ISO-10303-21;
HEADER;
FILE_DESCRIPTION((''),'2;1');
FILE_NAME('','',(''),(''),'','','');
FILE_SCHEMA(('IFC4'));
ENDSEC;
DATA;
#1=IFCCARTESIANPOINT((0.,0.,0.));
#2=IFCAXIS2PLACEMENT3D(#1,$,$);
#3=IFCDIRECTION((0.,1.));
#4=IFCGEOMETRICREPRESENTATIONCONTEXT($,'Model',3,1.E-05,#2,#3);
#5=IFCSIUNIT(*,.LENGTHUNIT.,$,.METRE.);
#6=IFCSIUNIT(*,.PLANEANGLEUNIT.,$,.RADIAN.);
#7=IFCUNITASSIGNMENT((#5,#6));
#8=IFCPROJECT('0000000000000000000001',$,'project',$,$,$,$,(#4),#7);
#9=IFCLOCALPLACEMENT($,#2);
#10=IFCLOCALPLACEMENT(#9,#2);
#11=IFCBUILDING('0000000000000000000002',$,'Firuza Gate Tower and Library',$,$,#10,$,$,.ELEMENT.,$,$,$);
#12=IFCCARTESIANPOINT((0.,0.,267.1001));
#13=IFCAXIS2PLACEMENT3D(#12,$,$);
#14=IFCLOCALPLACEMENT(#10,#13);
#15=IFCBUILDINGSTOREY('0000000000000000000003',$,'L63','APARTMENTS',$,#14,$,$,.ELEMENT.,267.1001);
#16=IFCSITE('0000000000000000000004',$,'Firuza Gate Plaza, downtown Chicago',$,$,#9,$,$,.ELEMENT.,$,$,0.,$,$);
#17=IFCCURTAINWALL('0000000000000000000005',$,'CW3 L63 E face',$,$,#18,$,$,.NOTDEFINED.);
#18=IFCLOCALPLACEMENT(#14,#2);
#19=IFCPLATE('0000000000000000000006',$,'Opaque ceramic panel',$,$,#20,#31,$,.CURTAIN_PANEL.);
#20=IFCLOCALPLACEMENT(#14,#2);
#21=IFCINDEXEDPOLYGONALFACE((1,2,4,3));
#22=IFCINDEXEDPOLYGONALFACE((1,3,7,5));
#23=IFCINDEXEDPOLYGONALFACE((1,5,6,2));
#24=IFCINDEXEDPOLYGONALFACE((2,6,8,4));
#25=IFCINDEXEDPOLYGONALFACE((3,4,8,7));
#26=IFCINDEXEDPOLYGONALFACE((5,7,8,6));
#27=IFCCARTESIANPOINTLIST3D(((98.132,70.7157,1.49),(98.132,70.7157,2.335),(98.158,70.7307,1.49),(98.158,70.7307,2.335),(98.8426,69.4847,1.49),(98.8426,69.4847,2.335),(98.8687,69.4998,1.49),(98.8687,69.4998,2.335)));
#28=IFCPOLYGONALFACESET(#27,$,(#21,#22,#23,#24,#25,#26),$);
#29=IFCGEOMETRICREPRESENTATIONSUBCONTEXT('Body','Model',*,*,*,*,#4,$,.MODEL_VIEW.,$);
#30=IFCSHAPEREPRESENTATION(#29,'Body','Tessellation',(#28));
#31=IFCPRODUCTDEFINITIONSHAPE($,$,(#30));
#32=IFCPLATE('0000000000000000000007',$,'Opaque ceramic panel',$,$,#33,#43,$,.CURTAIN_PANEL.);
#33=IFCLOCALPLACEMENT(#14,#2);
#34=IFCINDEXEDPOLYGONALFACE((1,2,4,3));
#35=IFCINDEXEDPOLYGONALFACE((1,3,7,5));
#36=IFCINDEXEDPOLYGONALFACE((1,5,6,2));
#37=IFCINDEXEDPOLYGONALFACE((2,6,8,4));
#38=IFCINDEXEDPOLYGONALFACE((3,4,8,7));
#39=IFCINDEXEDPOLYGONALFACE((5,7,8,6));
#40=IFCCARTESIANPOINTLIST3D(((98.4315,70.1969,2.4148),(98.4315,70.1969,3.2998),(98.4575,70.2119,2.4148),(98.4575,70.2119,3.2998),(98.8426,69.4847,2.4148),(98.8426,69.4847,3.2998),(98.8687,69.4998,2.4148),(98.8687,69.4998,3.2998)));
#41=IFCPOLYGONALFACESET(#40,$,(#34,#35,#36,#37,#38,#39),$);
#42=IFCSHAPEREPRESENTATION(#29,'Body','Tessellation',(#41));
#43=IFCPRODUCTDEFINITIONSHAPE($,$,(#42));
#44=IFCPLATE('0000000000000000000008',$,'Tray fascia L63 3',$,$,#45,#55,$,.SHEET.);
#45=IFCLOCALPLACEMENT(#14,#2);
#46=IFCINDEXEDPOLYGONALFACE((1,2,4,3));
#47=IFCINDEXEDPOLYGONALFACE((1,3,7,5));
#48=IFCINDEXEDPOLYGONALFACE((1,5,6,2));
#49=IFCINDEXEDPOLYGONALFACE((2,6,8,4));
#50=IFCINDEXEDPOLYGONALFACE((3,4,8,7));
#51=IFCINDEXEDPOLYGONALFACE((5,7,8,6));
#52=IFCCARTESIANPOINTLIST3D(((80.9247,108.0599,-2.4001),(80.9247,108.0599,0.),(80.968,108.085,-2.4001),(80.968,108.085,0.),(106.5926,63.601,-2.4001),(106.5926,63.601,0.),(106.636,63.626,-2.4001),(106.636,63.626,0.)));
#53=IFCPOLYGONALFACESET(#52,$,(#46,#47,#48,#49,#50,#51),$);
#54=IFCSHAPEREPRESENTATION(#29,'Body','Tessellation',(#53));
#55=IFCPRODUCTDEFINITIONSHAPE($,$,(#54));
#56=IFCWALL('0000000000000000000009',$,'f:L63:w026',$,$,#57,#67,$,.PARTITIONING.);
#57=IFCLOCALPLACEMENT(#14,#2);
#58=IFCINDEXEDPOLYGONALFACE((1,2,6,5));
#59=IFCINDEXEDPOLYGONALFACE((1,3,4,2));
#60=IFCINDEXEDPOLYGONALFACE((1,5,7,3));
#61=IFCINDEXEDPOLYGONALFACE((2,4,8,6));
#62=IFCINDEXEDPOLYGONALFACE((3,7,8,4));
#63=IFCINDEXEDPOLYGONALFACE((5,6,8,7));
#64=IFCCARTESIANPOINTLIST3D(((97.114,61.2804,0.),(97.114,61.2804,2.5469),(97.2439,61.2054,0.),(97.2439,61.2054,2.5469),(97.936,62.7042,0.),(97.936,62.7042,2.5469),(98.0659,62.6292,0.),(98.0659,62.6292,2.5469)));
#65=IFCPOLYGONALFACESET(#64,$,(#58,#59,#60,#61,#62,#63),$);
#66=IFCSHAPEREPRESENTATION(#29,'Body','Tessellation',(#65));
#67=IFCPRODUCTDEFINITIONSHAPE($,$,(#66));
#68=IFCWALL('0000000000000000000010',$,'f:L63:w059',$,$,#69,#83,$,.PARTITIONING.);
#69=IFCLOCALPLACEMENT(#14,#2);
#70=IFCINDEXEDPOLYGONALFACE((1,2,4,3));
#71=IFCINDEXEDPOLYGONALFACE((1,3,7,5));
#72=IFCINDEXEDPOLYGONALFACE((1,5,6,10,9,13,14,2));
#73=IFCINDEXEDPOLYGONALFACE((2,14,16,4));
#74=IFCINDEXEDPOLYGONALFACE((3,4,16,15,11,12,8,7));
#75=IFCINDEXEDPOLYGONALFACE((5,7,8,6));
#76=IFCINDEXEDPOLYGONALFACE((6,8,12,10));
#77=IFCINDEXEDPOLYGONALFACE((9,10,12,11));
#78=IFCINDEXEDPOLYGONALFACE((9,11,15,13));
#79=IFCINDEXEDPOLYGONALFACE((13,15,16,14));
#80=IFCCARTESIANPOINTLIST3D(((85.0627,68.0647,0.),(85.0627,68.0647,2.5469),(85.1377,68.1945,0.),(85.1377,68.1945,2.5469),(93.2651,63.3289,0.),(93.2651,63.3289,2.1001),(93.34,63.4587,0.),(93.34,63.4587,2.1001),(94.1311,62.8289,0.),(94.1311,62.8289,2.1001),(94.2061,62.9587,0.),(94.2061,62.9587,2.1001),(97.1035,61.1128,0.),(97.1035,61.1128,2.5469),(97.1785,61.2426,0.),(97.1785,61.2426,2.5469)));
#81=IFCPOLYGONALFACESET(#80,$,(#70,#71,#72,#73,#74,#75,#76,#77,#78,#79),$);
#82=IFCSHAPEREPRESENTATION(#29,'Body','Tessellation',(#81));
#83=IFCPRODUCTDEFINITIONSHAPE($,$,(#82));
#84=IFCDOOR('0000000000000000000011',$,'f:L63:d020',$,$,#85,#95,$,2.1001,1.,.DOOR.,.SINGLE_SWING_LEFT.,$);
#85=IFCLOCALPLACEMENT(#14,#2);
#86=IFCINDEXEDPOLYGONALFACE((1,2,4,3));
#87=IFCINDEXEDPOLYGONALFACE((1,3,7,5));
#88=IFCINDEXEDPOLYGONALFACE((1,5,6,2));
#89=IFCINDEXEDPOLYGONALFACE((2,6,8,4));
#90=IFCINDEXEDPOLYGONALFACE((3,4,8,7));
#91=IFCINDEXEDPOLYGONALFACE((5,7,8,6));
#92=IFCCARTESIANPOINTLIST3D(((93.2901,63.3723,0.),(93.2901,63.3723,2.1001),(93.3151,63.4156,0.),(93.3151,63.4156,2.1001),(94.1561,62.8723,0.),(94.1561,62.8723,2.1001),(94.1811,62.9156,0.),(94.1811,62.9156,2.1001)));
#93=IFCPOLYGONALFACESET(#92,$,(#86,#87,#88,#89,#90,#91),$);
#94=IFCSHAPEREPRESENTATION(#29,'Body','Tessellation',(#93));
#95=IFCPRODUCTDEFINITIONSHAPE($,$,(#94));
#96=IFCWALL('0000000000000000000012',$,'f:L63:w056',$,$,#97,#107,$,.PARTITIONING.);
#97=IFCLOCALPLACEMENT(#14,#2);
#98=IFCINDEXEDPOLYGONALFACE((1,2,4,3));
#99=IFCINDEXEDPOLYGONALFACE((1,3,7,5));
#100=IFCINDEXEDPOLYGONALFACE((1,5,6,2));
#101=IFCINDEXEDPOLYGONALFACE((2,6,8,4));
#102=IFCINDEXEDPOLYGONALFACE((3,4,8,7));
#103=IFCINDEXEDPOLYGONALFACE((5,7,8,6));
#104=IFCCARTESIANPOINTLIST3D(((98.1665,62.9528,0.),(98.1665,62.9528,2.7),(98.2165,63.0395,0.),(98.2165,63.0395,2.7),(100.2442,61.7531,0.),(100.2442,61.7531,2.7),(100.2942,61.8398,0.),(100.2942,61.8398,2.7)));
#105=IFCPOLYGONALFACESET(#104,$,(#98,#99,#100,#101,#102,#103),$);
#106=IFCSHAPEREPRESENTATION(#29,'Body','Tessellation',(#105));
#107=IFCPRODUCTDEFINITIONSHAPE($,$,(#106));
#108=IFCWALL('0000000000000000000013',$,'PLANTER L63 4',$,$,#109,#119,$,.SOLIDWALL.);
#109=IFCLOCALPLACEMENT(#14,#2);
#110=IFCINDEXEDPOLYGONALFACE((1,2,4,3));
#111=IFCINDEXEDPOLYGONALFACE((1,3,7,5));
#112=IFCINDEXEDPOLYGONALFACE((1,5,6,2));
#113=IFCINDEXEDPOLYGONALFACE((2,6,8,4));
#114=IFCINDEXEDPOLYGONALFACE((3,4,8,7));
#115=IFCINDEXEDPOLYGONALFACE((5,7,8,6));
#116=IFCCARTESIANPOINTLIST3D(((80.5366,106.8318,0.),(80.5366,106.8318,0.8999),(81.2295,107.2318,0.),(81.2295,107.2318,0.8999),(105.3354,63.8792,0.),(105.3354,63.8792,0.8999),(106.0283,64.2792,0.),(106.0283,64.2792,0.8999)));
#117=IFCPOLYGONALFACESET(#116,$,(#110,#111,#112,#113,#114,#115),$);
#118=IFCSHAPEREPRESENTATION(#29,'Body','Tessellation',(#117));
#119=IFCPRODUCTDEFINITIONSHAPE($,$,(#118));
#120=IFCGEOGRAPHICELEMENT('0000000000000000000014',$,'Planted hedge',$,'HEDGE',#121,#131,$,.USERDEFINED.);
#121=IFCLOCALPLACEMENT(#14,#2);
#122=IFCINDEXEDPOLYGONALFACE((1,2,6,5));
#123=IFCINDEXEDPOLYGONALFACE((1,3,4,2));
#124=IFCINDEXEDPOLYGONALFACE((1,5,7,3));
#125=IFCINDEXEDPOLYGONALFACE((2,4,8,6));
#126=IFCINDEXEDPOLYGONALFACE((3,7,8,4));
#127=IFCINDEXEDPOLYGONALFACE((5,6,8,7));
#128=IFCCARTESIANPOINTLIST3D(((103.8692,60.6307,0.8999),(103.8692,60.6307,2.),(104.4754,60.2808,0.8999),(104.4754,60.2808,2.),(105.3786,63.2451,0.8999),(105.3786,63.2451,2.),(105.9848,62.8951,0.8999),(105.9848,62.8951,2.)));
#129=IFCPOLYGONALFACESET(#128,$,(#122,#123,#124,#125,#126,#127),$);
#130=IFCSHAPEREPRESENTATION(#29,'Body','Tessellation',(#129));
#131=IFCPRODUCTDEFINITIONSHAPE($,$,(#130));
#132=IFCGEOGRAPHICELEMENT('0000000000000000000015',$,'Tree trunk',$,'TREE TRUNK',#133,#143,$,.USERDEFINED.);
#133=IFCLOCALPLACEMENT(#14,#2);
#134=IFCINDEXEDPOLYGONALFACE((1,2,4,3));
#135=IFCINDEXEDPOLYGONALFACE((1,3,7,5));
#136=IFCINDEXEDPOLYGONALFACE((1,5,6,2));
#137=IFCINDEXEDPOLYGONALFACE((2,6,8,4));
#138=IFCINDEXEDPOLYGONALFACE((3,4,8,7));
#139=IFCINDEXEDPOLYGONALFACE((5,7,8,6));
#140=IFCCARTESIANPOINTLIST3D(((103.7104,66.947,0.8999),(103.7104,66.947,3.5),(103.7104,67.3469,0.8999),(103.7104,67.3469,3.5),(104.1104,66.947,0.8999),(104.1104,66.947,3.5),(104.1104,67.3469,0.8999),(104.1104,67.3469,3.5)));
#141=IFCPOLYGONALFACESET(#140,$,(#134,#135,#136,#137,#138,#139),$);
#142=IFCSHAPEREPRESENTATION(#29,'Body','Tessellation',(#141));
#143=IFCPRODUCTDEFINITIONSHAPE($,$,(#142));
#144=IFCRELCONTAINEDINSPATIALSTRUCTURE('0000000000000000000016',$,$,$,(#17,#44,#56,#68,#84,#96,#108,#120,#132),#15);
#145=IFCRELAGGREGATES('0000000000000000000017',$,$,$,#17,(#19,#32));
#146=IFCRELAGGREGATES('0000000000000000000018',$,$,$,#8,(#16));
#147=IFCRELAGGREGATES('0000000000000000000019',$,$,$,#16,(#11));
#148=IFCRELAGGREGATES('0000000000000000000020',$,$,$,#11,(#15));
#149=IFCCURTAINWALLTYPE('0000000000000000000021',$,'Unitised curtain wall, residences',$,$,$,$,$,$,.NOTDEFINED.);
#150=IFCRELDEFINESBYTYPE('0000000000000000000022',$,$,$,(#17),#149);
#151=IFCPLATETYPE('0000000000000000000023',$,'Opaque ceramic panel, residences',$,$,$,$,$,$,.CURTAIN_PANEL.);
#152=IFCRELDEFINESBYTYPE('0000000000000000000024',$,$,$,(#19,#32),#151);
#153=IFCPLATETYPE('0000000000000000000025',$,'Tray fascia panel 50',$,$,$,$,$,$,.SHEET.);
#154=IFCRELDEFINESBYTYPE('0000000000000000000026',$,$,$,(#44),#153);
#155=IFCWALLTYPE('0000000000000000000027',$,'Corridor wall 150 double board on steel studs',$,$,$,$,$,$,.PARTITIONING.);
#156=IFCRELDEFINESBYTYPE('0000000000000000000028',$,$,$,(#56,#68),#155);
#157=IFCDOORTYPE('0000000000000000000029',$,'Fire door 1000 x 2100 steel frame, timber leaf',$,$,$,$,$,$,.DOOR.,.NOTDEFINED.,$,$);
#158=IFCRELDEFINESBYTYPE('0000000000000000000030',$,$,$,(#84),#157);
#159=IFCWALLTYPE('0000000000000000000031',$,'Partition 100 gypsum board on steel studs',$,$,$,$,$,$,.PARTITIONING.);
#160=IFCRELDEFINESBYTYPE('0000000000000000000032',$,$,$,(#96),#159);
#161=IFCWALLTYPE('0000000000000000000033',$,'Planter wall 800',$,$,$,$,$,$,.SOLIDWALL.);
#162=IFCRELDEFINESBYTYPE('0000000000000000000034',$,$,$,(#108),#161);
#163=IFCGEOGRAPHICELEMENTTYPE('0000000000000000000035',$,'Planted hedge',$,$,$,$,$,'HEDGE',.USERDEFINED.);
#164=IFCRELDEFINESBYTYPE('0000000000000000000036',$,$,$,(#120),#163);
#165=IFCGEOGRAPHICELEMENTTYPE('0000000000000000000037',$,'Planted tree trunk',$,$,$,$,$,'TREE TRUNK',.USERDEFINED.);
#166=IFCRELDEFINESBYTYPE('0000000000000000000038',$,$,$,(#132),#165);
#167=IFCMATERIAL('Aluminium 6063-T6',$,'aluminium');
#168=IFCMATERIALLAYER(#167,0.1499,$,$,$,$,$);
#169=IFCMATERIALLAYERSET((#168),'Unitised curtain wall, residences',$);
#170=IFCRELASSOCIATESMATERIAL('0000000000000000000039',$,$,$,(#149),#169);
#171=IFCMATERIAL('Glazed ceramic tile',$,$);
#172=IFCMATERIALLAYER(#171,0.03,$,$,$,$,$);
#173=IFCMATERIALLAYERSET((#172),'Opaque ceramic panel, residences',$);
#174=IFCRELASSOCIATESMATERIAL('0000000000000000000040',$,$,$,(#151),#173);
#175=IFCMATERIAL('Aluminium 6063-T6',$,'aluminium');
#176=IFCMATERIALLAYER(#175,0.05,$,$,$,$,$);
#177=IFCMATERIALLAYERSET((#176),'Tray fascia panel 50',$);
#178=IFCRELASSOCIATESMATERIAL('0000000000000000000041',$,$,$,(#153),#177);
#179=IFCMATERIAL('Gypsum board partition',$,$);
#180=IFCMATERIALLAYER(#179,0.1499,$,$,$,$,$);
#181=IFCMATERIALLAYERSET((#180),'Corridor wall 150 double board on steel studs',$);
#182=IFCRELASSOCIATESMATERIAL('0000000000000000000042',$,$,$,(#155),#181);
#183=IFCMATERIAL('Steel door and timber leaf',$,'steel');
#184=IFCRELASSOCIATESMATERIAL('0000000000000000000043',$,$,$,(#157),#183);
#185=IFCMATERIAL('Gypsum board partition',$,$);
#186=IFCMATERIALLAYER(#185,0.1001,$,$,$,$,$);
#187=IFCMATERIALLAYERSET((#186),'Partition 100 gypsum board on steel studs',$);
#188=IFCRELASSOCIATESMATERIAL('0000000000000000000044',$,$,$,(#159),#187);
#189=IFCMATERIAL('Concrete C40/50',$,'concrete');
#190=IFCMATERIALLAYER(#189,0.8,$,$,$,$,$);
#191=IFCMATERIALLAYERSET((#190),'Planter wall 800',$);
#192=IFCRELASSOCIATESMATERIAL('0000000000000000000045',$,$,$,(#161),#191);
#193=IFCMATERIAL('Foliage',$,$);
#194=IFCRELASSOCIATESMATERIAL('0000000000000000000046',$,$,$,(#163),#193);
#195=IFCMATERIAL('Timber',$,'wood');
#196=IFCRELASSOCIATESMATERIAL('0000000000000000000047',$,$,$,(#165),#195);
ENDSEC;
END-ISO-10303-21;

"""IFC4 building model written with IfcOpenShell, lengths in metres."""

from ifc_helpers import new_model, si_unit, direction, frame, frame_2d, origin, origin_2d, place, context, subcontext, project, spatial, polyline, rectangle, outline, extrude, material, layer, layer_set, type_object, element, fill, aggregate, save


model = new_model("IFC4")

# Units and contexts
model_context = context("Model", 3, precision=1e-05, world=origin(), true_north=direction((0.0, 1.0)))
body_context = subcontext(model_context, "Body", "Model", "MODEL_VIEW")
ifc_project = project(units=[si_unit("LENGTHUNIT", "METRE"), si_unit("PLANEANGLEUNIT", "RADIAN")], contexts=[model_context])

# Site, building, storey
site_placement = place(None, origin())
site = spatial("IfcSite", under=ifc_project, at=site_placement, Name="Firuza Gate Plaza, downtown Chicago", CompositionType="ELEMENT", RefElevation=0.0)
building_placement = place(site_placement, origin())
building = spatial("IfcBuilding", under=site, at=building_placement, Name="Firuza Gate Tower and Library", CompositionType="ELEMENT")
storey_placement = place(building_placement, frame((0.0, 0.0, 267.1001)))
storey = spatial("IfcBuildingStorey", under=building, at=storey_placement, Name="L63", Description="APARTMENTS", CompositionType="ELEMENT", Elevation=267.1001)

# Curtain wall
ifc_material_1 = material(Name="Aluminium 6063-T6", Category="aluminium")
ifc_layer_1 = layer(ifc_material_1, 0.1499)
ifc_layer_set_1 = layer_set([ifc_layer_1], Name="Unitised curtain wall, residences")
curtain_wall_type = type_object("IfcCurtainWallType", Name="Unitised curtain wall, residences", PredefinedType="NOTDEFINED", material=ifc_layer_set_1)
curtain_wall_placement = place(storey_placement, origin())
curtain_wall = element("IfcCurtainWall", 1, at=curtain_wall_placement, inside=storey, type_object=curtain_wall_type, Name="CW3 L63 E face", PredefinedType="NOTDEFINED")

# Plates
ifc_material_2 = material(Name="Glazed ceramic tile")
ifc_layer_2 = layer(ifc_material_2, 0.03)
ifc_layer_set_2 = layer_set([ifc_layer_2], Name="Opaque ceramic panel, residences")
plate_type_1 = type_object("IfcPlateType", Name="Opaque ceramic panel, residences", PredefinedType="CURTAIN_PANEL", material=ifc_layer_set_2)
plate_1_placement = place(storey_placement, frame((98.8687, 69.4998, 1.49), z_axis=(0.866025, 0.5, 0.0), x_axis=(-0.5, 0.866025, 0.0)))
plate_1 = element("IfcPlate", 2, at=plate_1_placement, type_object=plate_type_1, Name="Opaque ceramic panel", PredefinedType="CURTAIN_PANEL", context=body_context, shape_type="SweptSolid", body=[
    extrude(outline(polyline([(0.0, 0.0), (1.4214, 0.0), (1.4214, 0.845), (0.0, 0.845), (0.0, 0.0)])), origin(), (0.0, 0.0, -1.0), 0.03),
])
plate_2_placement = place(storey_placement, frame((98.8687, 69.4998, 2.4148), z_axis=(0.866042, 0.499971, 0.0), x_axis=(-0.499971, 0.866042, 0.0)))
plate_2 = element("IfcPlate", 3, at=plate_2_placement, type_object=plate_type_1, Name="Opaque ceramic panel", PredefinedType="CURTAIN_PANEL", context=body_context, shape_type="SweptSolid", body=[
    extrude(outline(polyline([(0.0, 0.0), (0.8223, 0.0), (0.8223, 0.885), (0.0, 0.885), (0.0, 0.0)])), origin(), (0.0, 0.0, -1.0), 0.03),
])
aggregate(curtain_wall, [plate_1, plate_2])
ifc_material_3 = material(Name="Aluminium 6063-T6", Category="aluminium")
ifc_layer_3 = layer(ifc_material_3, 0.05)
ifc_layer_set_3 = layer_set([ifc_layer_3], Name="Tray fascia panel 50")
plate_type_2 = type_object("IfcPlateType", Name="Tray fascia panel 50", PredefinedType="SHEET", material=ifc_layer_set_3)
plate_3_placement = place(storey_placement, frame((106.636, 63.626, -2.4001), z_axis=(0.866029, 0.499994, 0.0), x_axis=(-0.499994, 0.866029, 0.0)))
element("IfcPlate", 4, at=plate_3_placement, inside=storey, type_object=plate_type_2, Name="Tray fascia L63 3", PredefinedType="SHEET", context=body_context, shape_type="SweptSolid", body=[
    extrude(outline(polyline([(0.0, 0.0), (51.3366, 0.0), (51.3366, 2.4001), (0.0, 2.4001), (0.0, 0.0)])), origin(), (0.0, 0.0, -1.0), 0.05),
])

# Wall
ifc_material_4 = material(Name="Gypsum board partition")
ifc_layer_4 = layer(ifc_material_4, 0.1499)
ifc_layer_set_4 = layer_set([ifc_layer_4], Name="Corridor wall 150 double board on steel studs")
wall_type_1 = type_object("IfcWallType", Name="Corridor wall 150 double board on steel studs", PredefinedType="PARTITIONING", material=ifc_layer_set_4)
wall_1_placement = place(storey_placement, frame((97.179, 61.2429, 0.0), z_axis=(0.0, 0.0, 1.0), x_axis=(0.499988, 0.866032, 0.0)))
element("IfcWall", 5, at=wall_1_placement, inside=storey, type_object=wall_type_1, Name="f:L63:w026", PredefinedType="PARTITIONING", context=body_context, shape_type="SweptSolid", body=[
    extrude(rectangle(XDim=1.644, YDim=0.1499, at=frame_2d((0.822, 0.0))), origin(), (0.0, 0.0, 1.0), 2.5469),
])

# Wall, opening, door
wall_2_placement = place(storey_placement, frame((97.1409, 61.1777, 0.0), z_axis=(0.0, 0.0, 1.0), x_axis=(-0.86602, 0.500009, 0.0)))
wall_2 = element("IfcWall", 6, at=wall_2_placement, inside=storey, type_object=wall_type_1, Name="f:L63:w059", PredefinedType="PARTITIONING", context=body_context, shape_type="SweptSolid", body=[
    extrude(rectangle(XDim=13.9036, YDim=0.1499, at=frame_2d((6.9517, 0.0))), origin(), (0.0, 0.0, 1.0), 2.5469),
])
opening_placement = place(wall_2_placement, frame((3.4321, 0.0, 0.0)))
opening = element("IfcOpeningElement", 7, at=opening_placement, cuts=wall_2, PredefinedType="OPENING", context=body_context, shape_type="SweptSolid", body=[
    extrude(rectangle(XDim=1.0, YDim=2.1001, at=frame_2d((0.5, 1.05))), frame((0.0, 0.085, 0.0), z_axis=(0.0, -1.0, 0.0), x_axis=(1.0, 0.0, 0.0)), (0.0, 0.0, 1.0), 0.1699),
])
ifc_material_5 = material(Name="Steel door and timber leaf", Category="steel")
door_type = type_object("IfcDoorType", Name="Fire door 1000 x 2100 steel frame, timber leaf", OperationType="NOTDEFINED", PredefinedType="DOOR", material=ifc_material_5)
door_placement = place(opening_placement, origin())
door = element("IfcDoor", 8, at=door_placement, inside=storey, type_object=door_type, Name="f:L63:d020", OperationType="SINGLE_SWING_LEFT", OverallHeight=2.1001, OverallWidth=1.0, PredefinedType="DOOR", context=body_context, shape_type="SweptSolid", body=[
    extrude(rectangle(XDim=1.0, YDim=2.1001, at=frame_2d((0.5, 1.05))), frame((0.0, 0.0249, 0.0), z_axis=(0.0, -1.0, 0.0), x_axis=(1.0, 0.0, 0.0)), (0.0, 0.0, 1.0), 0.05),
])
fill(opening, door)

# Walls
ifc_material_6 = material(Name="Gypsum board partition")
ifc_layer_5 = layer(ifc_material_6, 0.1001)
ifc_layer_set_5 = layer_set([ifc_layer_5], Name="Partition 100 gypsum board on steel studs")
wall_type_2 = type_object("IfcWallType", Name="Partition 100 gypsum board on steel studs", PredefinedType="PARTITIONING", material=ifc_layer_set_5)
wall_3_placement = place(storey_placement, frame((100.2693, 61.7964, 0.0), z_axis=(0.0, 0.0, 1.0), x_axis=(-0.865992, 0.500057, 0.0)))
element("IfcWall", 9, at=wall_3_placement, inside=storey, type_object=wall_type_2, Name="f:L63:w056", PredefinedType="PARTITIONING", context=body_context, shape_type="SweptSolid", body=[
    extrude(rectangle(XDim=2.3992, YDim=0.1001, at=frame_2d((1.1997, 0.0))), origin(), (0.0, 0.0, 1.0), 2.7),
])
ifc_material_7 = material(Name="Concrete C40/50", Category="concrete")
ifc_layer_6 = layer(ifc_material_7, 0.8)
ifc_layer_set_6 = layer_set([ifc_layer_6], Name="Planter wall 800")
wall_type_3 = type_object("IfcWallType", Name="Planter wall 800", PredefinedType="SOLIDWALL", material=ifc_layer_set_6)
wall_4_placement = place(storey_placement, frame((105.6819, 64.0791, 0.0), z_axis=(0.0, 0.0, 1.0), x_axis=(-0.500002, 0.866024, 0.0)))
element("IfcWall", 10, at=wall_4_placement, inside=storey, type_object=wall_type_3, Name="PLANTER L63 4", PredefinedType="SOLIDWALL", context=body_context, shape_type="SweptSolid", body=[
    extrude(rectangle(XDim=49.5974, YDim=0.8, at=frame_2d((24.7988, 0.0))), origin(), (0.0, 0.0, 1.0), 0.8999),
])

# Geographic elements
ifc_material_8 = material(Name="Foliage")
geographic_element_type_1 = type_object("IfcGeographicElementType", Name="Planted hedge", ElementType="HEDGE", PredefinedType="USERDEFINED", material=ifc_material_8)
geographic_element_1_placement = place(storey_placement, frame((104.927, 61.7629, 0.8999), z_axis=(0.0, 0.0, 1.0), x_axis=(0.5, 0.866025, 0.0)))
element("IfcGeographicElement", 11, at=geographic_element_1_placement, inside=storey, type_object=geographic_element_type_1, Name="Planted hedge", ObjectType="HEDGE", PredefinedType="USERDEFINED", context=body_context, shape_type="SweptSolid", body=[
    extrude(rectangle(XDim=3.0188, YDim=0.7, at=origin_2d()), origin(), (0.0, 0.0, 1.0), 1.1001),
])
ifc_material_9 = material(Name="Timber", Category="wood")
geographic_element_type_2 = type_object("IfcGeographicElementType", Name="Planted tree trunk", ElementType="TREE TRUNK", PredefinedType="USERDEFINED", material=ifc_material_9)
geographic_element_2_placement = place(storey_placement, frame((103.9104, 67.147, 0.8999), z_axis=(0.0, 0.0, 1.0), x_axis=(1.0, 0.0, 0.0)))
element("IfcGeographicElement", 12, at=geographic_element_2_placement, inside=storey, type_object=geographic_element_type_2, Name="Tree trunk", ObjectType="TREE TRUNK", PredefinedType="USERDEFINED", context=body_context, shape_type="SweptSolid", body=[
    extrude(rectangle(XDim=0.3999, YDim=0.3999, at=origin_2d()), origin(), (0.0, 0.0, 1.0), 2.6001),
])

save(model, "model.ifc")
